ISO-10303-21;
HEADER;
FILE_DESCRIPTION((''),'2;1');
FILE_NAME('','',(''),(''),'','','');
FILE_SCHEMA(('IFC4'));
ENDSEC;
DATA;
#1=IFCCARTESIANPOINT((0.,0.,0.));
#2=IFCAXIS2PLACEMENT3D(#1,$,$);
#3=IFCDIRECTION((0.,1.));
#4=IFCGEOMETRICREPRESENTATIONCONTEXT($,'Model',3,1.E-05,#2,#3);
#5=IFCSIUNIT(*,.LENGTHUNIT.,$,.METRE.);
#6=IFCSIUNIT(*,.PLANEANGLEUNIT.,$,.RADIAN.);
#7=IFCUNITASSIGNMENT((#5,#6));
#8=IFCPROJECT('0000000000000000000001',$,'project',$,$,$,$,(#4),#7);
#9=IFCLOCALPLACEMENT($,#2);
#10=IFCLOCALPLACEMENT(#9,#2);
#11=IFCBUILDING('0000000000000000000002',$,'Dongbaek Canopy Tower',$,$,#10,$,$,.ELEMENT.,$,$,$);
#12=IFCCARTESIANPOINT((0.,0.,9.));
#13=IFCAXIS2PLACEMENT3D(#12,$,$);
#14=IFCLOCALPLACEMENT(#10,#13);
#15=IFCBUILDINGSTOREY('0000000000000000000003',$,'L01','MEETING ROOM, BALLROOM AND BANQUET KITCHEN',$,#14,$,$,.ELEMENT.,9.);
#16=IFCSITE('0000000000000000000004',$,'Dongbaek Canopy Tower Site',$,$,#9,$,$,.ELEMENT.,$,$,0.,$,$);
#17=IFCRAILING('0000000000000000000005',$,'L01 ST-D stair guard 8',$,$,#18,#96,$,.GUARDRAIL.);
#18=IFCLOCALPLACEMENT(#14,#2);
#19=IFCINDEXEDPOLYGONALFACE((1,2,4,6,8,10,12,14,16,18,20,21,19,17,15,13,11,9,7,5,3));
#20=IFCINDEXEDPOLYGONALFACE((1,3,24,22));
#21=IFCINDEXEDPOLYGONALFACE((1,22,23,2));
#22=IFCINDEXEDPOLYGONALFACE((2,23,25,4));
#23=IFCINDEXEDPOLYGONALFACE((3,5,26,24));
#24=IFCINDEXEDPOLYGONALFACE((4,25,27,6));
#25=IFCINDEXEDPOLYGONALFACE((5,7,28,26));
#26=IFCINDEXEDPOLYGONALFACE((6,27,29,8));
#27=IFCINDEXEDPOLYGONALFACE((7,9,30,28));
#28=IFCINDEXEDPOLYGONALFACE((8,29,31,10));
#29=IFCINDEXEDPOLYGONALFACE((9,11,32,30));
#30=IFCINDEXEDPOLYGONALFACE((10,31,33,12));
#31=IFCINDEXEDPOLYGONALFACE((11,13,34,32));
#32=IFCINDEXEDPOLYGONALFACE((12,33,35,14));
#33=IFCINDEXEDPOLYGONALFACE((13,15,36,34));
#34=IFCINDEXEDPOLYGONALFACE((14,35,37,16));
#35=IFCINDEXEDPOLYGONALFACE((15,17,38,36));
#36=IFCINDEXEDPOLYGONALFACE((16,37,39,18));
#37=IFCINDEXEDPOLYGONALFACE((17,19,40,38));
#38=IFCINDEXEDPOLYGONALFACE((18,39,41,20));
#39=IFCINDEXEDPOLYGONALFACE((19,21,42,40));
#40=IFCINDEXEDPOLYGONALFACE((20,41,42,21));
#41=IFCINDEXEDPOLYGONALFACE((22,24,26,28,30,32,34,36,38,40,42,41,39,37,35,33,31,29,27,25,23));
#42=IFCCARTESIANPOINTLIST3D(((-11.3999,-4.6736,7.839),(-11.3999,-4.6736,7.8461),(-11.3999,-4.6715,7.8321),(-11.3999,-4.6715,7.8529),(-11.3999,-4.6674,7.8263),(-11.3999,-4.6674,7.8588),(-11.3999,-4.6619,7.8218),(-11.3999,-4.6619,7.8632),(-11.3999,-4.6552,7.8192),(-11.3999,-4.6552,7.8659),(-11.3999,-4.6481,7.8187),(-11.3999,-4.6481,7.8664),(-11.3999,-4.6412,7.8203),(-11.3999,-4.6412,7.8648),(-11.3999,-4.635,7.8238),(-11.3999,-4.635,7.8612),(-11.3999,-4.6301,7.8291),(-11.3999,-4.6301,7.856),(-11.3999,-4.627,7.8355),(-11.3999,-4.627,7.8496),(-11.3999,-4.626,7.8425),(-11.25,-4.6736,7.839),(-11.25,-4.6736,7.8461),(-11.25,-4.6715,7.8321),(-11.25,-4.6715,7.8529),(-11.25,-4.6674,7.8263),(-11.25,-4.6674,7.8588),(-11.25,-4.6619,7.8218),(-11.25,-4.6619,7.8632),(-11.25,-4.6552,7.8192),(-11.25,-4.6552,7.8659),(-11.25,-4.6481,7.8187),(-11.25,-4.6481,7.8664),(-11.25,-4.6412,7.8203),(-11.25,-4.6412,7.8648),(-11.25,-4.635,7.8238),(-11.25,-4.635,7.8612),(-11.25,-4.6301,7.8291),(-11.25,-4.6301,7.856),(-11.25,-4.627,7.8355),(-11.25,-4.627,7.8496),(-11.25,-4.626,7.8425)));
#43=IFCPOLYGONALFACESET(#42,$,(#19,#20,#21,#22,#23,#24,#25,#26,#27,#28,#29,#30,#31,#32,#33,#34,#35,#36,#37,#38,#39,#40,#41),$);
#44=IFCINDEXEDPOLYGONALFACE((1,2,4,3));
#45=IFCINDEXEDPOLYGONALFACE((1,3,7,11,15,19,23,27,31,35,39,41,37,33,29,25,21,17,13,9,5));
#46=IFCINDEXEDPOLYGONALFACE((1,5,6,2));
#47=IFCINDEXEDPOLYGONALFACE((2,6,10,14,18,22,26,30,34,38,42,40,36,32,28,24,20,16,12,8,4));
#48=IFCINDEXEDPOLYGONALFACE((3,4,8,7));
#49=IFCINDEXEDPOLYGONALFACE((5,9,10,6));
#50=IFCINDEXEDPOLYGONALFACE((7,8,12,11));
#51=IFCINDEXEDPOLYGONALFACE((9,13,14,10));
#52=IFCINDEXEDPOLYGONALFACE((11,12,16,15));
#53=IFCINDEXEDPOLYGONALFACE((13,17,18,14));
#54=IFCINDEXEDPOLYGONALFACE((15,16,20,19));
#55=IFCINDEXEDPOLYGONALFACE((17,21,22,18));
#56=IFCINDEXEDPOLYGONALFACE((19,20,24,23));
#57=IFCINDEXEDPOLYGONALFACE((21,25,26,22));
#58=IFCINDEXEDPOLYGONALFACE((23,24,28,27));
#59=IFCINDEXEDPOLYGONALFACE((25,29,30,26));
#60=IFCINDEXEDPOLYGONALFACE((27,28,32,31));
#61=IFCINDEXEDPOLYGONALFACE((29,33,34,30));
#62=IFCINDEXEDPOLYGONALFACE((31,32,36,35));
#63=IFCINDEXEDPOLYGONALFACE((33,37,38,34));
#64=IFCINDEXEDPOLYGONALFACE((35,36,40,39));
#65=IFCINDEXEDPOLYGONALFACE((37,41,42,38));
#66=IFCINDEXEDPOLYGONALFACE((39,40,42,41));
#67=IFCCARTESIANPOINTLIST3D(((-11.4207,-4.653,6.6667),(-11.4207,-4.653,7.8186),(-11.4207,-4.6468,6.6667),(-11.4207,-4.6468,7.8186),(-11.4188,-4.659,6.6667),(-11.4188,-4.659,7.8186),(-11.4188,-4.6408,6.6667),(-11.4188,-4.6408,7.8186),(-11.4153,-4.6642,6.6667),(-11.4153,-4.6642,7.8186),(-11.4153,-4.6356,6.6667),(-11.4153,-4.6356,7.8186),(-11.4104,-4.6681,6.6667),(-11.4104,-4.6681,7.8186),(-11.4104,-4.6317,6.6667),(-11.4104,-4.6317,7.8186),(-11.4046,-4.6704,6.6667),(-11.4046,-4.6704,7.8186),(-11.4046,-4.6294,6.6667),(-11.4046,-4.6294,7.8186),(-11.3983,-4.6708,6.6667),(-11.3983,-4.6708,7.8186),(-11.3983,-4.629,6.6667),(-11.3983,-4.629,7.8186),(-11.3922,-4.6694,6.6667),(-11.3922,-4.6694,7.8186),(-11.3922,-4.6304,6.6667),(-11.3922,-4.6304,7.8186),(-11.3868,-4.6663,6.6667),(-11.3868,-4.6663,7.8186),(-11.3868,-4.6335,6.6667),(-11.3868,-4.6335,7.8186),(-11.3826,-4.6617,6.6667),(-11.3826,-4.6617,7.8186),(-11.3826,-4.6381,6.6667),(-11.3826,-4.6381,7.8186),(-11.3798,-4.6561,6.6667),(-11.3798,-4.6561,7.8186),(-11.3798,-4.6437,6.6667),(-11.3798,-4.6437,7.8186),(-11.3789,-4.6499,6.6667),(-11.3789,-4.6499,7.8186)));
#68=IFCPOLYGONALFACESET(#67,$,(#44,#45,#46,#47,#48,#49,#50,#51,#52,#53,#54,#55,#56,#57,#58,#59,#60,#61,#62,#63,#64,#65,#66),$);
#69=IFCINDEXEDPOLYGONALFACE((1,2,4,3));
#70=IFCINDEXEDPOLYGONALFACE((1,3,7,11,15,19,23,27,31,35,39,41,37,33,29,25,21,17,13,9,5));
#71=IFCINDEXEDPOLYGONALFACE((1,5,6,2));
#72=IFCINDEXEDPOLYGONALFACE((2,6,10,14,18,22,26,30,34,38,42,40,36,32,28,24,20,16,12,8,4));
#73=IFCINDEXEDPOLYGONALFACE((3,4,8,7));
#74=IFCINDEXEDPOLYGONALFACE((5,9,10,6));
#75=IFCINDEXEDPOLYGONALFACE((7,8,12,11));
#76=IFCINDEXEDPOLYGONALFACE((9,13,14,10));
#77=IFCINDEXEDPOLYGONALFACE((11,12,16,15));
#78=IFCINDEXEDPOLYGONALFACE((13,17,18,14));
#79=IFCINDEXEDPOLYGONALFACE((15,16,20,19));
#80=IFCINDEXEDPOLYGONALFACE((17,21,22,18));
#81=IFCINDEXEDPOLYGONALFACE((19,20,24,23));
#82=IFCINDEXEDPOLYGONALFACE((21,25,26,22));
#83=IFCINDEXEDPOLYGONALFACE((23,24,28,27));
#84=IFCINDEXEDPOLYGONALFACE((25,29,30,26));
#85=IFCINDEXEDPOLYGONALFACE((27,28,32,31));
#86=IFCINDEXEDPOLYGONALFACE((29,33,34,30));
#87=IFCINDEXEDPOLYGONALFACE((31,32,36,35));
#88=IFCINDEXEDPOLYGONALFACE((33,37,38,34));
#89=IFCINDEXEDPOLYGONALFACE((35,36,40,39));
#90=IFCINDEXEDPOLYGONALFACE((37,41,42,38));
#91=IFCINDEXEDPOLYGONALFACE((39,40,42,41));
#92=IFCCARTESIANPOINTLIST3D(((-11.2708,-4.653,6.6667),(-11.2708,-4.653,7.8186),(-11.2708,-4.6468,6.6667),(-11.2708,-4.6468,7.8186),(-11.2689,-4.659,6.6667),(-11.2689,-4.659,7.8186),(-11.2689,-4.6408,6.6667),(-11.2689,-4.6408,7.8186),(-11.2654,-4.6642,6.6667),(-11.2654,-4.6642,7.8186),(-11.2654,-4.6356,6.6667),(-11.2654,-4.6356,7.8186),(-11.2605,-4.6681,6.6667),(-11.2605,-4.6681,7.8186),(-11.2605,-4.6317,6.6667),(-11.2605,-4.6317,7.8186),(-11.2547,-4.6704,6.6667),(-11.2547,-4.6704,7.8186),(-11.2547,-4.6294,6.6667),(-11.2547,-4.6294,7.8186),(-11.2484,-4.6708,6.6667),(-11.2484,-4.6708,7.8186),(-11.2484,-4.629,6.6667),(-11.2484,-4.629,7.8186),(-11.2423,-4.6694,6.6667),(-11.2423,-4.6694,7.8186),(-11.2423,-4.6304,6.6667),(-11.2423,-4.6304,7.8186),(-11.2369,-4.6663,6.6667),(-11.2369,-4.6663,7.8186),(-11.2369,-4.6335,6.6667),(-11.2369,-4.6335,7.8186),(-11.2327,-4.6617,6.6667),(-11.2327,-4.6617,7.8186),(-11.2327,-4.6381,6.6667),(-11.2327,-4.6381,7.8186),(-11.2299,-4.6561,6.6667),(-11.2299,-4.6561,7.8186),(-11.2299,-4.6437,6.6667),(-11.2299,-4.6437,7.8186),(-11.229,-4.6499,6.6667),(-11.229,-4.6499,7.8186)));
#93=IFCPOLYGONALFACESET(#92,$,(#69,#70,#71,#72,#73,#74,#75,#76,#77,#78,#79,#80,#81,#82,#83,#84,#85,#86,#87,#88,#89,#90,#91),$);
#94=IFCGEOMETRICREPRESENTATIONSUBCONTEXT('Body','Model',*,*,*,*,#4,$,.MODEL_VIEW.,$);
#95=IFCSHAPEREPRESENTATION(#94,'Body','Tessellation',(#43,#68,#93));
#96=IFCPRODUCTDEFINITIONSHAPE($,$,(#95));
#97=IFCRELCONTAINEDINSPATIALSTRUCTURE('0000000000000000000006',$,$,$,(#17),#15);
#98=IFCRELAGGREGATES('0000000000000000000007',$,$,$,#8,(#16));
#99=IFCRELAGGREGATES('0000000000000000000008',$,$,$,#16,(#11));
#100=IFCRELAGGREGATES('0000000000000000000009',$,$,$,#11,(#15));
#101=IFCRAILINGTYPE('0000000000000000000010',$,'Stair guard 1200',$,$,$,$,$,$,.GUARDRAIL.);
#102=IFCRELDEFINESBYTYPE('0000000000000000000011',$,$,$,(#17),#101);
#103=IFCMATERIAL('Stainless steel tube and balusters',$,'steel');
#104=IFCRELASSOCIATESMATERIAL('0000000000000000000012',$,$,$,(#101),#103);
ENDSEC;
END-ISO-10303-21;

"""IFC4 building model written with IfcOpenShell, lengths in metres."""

from ifc_helpers import new_model, si_unit, direction, frame, origin, origin_2d, place, context, subcontext, project, spatial, circle, extrude, material, type_object, element, save


model = new_model("IFC4")

# Units and contexts
model_context = context("Model", 3, precision=1e-05, world=origin(), true_north=direction((0.0, 1.0)))
body_context = subcontext(model_context, "Body", "Model", "MODEL_VIEW")
ifc_project = project(units=[si_unit("LENGTHUNIT", "METRE"), si_unit("PLANEANGLEUNIT", "RADIAN")], contexts=[model_context])

# Site, building, storey
site_placement = place(None, origin())
site = spatial("IfcSite", under=ifc_project, at=site_placement, Name="Dongbaek Canopy Tower Site", CompositionType="ELEMENT", RefElevation=0.0)
building_placement = place(site_placement, origin())
building = spatial("IfcBuilding", under=site, at=building_placement, Name="Dongbaek Canopy Tower", CompositionType="ELEMENT")
storey_placement = place(building_placement, frame((0.0, 0.0, 9.0)))
storey = spatial("IfcBuildingStorey", under=building, at=storey_placement, Name="L01", Description="MEETING ROOM, BALLROOM AND BANQUET KITCHEN", CompositionType="ELEMENT", Elevation=9.0)

# Railing
ifc_material_1 = material(Name="Stainless steel tube and balusters", Category="steel")
railing_type_1 = type_object("IfcRailingType", Name="Stair guard 1200", PredefinedType="GUARDRAIL", material=ifc_material_1)
railing_1_placement = place(storey_placement, frame((-11.3999, -4.6499, 6.6667)))
element("IfcRailing", 1, at=railing_1_placement, inside=storey, type_object=railing_type_1, Name="L01 ST-D stair guard 8", PredefinedType="GUARDRAIL", context=body_context, shape_type="SweptSolid", body=[
    extrude(circle(Radius=0.0239, at=origin_2d()), frame((0.0, 0.0, 1.1758), z_axis=(1.0, 0.0, 0.0), x_axis=(0.0, 1.0, 0.0)), (0.0, 0.0, 1.0), 0.1499),
    extrude(circle(Radius=0.021, at=origin_2d()), origin(), (0.0, 0.0, 1.0), 1.1519),
    extrude(circle(Radius=0.021, at=origin_2d()), frame((0.1499, 0.0, 0.0)), (0.0, 0.0, 1.0), 1.1519),
])

save(model, "model.ifc")
